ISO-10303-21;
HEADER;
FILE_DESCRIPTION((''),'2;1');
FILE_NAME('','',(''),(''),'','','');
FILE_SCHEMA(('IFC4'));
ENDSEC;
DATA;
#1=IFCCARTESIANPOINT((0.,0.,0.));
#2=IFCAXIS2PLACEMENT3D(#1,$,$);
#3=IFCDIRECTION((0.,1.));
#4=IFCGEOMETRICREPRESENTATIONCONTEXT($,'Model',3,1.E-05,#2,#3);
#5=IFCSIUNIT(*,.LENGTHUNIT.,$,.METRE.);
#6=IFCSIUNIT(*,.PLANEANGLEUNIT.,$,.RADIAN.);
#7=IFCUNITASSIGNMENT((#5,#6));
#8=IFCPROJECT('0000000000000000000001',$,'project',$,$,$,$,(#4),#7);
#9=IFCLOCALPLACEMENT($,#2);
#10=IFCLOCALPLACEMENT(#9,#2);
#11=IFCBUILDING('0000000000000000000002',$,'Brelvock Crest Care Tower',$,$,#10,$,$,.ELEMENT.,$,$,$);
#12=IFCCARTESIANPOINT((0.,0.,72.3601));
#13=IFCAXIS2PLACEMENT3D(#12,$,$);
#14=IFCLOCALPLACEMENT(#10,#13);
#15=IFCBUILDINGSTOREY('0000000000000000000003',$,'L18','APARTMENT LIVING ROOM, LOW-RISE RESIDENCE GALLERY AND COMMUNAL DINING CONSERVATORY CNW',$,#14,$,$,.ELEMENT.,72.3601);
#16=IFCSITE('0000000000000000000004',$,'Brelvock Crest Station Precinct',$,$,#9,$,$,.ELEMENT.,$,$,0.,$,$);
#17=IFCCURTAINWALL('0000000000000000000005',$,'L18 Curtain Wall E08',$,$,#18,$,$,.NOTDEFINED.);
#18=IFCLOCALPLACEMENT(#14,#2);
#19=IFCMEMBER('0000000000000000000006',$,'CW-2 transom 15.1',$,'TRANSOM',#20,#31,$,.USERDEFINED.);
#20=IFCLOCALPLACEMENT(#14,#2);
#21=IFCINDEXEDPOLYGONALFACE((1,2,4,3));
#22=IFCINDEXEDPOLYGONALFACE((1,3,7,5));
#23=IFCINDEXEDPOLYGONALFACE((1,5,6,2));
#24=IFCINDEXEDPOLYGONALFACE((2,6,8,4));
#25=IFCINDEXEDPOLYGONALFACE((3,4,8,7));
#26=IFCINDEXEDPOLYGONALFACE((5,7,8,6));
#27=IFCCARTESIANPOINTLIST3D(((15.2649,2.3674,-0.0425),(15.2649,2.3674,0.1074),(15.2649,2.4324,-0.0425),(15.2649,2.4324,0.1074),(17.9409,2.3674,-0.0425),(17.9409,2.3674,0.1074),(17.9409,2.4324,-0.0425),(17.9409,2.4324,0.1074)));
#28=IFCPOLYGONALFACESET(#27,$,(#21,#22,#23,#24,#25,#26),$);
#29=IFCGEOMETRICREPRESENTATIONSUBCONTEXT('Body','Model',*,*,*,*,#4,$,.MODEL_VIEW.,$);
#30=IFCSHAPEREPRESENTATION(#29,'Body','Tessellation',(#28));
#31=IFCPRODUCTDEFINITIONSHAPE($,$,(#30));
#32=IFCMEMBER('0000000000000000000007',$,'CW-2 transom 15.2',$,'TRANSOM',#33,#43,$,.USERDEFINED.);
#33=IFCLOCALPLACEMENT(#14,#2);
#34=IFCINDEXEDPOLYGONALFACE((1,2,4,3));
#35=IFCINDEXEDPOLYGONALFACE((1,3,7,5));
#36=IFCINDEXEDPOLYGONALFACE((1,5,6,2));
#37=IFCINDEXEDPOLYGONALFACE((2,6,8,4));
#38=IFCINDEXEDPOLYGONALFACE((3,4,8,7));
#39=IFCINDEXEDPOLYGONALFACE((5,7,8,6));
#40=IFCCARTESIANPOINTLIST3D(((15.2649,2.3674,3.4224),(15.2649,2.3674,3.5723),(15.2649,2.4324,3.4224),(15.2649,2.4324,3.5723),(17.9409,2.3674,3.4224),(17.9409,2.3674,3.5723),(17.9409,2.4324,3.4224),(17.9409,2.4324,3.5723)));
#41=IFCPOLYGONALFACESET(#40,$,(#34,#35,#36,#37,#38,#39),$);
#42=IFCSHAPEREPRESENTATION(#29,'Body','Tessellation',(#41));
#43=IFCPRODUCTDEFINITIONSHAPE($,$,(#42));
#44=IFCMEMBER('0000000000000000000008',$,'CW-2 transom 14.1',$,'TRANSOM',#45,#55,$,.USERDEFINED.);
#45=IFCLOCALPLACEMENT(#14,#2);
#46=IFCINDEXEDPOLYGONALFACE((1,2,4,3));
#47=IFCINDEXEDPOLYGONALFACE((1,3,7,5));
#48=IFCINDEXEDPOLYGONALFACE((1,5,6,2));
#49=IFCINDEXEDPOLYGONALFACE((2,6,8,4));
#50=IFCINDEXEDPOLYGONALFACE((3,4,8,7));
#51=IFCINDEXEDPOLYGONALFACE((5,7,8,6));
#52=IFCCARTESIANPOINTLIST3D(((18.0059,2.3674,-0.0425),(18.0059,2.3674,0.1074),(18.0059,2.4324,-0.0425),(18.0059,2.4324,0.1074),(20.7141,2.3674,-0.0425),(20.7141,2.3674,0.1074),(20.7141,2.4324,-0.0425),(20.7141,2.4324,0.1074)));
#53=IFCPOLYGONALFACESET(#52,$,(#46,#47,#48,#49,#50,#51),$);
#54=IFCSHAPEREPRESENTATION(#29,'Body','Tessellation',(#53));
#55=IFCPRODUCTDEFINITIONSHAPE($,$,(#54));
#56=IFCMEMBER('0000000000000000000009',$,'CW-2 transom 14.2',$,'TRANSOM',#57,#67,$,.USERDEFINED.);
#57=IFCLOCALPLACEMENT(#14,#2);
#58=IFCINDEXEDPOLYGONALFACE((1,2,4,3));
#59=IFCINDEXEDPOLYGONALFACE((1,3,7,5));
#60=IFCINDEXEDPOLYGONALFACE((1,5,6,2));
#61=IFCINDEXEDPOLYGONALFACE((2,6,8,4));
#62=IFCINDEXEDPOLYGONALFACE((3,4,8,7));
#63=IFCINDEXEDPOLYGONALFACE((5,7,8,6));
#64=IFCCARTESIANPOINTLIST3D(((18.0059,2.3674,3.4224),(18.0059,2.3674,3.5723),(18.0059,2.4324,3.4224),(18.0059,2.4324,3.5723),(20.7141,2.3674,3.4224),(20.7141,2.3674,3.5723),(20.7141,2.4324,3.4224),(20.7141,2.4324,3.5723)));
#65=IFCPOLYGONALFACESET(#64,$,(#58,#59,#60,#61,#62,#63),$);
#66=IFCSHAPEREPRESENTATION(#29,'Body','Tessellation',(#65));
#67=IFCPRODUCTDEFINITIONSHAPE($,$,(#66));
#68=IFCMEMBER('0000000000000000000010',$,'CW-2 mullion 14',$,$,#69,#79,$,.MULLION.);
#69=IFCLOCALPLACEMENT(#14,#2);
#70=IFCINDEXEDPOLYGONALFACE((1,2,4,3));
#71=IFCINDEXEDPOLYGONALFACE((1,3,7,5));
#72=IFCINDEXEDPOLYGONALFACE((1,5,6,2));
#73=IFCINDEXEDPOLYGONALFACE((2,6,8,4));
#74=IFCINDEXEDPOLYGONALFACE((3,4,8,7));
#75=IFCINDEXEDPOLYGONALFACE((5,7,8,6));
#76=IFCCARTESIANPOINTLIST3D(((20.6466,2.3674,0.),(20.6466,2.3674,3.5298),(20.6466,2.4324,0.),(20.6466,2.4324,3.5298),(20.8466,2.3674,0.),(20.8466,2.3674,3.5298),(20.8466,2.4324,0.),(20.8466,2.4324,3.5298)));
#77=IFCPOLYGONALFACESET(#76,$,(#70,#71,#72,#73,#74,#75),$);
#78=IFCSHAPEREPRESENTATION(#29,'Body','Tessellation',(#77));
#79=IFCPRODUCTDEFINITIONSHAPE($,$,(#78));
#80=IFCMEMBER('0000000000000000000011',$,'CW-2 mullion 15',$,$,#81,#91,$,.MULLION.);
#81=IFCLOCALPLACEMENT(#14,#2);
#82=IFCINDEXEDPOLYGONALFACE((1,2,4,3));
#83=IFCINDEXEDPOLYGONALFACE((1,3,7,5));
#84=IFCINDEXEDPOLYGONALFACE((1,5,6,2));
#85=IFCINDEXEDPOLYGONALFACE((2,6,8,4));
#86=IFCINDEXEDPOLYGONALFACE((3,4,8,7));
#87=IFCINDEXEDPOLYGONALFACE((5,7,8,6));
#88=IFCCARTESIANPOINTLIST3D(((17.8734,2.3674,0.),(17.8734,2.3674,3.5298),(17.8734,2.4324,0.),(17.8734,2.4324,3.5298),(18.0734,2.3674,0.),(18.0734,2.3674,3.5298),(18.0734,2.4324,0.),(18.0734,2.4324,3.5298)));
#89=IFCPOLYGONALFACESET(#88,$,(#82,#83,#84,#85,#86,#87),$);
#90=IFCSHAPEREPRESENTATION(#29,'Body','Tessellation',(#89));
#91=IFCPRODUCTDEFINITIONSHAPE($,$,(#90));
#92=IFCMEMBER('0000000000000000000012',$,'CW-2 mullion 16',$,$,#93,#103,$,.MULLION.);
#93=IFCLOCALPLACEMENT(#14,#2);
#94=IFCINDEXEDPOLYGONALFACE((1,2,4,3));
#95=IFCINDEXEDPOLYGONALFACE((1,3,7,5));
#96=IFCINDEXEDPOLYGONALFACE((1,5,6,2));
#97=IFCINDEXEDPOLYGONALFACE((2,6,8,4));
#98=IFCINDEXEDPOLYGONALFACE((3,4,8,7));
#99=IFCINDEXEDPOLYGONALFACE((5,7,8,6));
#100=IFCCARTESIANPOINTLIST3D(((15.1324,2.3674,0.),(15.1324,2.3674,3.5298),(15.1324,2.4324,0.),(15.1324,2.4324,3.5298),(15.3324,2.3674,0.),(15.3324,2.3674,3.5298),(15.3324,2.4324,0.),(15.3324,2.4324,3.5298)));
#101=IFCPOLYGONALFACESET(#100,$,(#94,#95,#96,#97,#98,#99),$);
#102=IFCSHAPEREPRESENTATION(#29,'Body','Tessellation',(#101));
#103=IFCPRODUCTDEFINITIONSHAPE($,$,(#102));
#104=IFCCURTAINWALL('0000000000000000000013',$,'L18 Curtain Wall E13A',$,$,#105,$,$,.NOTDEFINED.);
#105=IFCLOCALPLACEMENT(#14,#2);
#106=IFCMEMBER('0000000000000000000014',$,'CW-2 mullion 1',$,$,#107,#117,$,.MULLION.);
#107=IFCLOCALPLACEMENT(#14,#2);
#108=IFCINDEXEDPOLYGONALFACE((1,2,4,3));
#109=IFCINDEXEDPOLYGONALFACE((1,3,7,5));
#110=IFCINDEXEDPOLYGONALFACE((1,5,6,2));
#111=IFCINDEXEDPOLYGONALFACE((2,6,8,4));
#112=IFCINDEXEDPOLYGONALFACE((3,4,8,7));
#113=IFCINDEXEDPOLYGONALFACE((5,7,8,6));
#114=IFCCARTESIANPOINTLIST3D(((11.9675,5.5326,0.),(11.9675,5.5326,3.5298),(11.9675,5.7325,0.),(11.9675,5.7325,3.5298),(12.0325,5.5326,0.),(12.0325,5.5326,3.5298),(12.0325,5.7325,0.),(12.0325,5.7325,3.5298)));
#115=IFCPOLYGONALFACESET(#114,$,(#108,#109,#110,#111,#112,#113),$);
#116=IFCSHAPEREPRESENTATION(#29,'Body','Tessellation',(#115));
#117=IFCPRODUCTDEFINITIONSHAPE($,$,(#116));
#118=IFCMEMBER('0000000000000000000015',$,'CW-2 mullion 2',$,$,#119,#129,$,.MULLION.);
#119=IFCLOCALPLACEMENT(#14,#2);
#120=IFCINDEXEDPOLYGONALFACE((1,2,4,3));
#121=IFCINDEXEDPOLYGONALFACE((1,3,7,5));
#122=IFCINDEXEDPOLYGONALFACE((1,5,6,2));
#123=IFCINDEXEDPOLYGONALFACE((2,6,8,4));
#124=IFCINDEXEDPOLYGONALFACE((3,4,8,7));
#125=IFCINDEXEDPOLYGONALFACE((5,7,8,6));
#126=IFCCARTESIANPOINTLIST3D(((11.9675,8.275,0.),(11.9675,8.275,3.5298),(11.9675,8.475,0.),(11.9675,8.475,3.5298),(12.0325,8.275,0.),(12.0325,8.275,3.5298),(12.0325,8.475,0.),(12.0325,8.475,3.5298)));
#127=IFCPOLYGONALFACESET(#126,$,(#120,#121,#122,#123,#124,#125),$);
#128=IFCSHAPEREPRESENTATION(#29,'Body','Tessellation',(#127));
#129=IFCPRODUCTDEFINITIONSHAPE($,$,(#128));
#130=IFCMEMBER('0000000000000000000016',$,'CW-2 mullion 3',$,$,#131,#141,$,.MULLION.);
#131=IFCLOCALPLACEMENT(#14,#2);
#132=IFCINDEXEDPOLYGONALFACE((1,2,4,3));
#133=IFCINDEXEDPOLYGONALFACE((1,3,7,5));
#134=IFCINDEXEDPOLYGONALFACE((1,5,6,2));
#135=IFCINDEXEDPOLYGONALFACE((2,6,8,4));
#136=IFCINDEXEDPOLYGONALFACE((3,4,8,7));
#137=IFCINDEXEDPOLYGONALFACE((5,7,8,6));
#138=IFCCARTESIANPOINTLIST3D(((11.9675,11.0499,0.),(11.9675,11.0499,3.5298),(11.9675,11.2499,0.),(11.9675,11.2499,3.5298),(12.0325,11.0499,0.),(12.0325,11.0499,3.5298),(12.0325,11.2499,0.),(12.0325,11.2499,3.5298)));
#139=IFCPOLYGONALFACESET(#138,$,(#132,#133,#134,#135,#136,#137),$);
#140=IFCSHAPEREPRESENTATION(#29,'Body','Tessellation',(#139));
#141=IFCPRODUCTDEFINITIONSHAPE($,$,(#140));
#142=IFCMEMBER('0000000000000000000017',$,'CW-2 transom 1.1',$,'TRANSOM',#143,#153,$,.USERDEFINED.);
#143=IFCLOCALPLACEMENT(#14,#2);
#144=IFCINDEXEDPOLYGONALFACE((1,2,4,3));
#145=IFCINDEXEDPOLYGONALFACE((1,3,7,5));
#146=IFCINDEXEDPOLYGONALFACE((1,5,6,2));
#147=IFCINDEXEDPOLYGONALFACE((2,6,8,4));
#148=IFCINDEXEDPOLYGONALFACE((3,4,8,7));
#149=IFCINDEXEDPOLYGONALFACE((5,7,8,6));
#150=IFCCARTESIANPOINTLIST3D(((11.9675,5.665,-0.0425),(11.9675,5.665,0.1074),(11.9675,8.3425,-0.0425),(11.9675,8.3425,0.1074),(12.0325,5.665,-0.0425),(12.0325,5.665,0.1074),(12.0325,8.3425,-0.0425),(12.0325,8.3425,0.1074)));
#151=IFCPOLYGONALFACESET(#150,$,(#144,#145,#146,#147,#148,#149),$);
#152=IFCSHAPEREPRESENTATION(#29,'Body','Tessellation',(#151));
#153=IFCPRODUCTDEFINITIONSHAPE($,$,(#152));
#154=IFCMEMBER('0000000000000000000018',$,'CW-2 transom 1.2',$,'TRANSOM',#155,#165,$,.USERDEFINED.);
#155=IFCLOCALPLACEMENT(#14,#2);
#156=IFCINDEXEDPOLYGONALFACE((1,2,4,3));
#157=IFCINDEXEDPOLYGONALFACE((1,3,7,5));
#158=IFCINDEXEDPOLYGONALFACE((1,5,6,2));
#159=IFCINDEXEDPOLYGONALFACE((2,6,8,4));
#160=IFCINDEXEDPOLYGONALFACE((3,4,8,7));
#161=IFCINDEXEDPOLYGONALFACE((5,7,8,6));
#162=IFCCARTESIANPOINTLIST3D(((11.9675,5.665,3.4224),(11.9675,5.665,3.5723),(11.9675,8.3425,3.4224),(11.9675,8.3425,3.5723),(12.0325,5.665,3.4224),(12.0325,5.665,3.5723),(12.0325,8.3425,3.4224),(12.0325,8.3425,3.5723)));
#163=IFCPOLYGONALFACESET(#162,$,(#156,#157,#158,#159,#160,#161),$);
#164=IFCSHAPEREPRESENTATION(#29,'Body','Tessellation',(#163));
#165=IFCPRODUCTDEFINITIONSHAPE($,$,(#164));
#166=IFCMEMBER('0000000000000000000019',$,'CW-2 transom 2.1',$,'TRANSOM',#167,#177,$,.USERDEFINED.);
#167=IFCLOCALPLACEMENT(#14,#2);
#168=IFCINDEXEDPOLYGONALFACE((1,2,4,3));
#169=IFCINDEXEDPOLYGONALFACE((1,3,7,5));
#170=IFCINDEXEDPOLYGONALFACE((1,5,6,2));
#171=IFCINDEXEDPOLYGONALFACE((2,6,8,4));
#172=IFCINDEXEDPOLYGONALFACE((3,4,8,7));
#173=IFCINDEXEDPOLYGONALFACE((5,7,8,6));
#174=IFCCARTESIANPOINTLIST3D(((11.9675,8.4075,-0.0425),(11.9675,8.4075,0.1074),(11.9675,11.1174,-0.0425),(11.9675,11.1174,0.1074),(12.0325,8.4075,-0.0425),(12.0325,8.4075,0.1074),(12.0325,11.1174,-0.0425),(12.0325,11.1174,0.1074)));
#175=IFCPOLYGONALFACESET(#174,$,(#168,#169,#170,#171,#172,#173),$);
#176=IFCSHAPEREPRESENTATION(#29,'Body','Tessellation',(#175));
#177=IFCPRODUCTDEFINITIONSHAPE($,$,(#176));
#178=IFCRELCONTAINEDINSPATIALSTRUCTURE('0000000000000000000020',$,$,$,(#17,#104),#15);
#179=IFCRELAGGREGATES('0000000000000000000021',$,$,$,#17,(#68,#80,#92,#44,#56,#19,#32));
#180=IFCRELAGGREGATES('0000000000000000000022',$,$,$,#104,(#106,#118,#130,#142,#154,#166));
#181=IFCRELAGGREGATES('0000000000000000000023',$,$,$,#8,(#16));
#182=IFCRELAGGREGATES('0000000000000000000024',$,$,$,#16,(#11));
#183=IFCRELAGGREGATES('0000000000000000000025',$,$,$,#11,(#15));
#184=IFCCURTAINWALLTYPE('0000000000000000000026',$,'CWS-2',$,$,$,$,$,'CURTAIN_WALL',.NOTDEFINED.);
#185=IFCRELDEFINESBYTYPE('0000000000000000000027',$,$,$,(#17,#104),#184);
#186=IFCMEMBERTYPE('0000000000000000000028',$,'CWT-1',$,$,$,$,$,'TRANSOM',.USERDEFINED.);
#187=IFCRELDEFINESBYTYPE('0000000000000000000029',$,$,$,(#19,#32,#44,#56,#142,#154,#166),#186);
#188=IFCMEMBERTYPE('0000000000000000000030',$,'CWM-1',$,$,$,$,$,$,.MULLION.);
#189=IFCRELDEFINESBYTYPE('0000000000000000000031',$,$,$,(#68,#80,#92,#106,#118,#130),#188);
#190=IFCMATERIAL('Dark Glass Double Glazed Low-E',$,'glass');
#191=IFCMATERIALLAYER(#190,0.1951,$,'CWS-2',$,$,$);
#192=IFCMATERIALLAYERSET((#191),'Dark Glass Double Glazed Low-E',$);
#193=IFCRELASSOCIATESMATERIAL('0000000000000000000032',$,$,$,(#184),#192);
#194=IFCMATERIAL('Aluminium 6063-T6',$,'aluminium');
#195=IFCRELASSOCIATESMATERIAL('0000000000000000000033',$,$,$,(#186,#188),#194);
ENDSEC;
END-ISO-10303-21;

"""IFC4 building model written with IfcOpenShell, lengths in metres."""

from ifc_helpers import new_model, si_unit, direction, frame, origin, origin_2d, place, context, subcontext, project, spatial, rectangle, extrude, source, transform, mapped, material, layer, layer_set, material_profile, profile_set, type_object, element, aggregate, save


model = new_model("IFC4")

# Units and contexts
model_context = context("Model", 3, precision=1e-05, world=origin(), true_north=direction((0.0, 1.0)))
body_context = subcontext(model_context, "Body", "Model", "MODEL_VIEW")
ifc_project = project(units=[si_unit("LENGTHUNIT", "METRE"), si_unit("PLANEANGLEUNIT", "RADIAN")], contexts=[model_context])

# Site, building, storey
site_placement = place(None, origin())
site = spatial("IfcSite", under=ifc_project, at=site_placement, Name="Brelvock Crest Station Precinct", CompositionType="ELEMENT", RefElevation=0.0)
building_placement = place(site_placement, origin())
building = spatial("IfcBuilding", under=site, at=building_placement, Name="Brelvock Crest Care Tower", CompositionType="ELEMENT")
storey_placement = place(building_placement, frame((0.0, 0.0, 72.3601)))
storey = spatial("IfcBuildingStorey", under=building, at=storey_placement, Name="L18", Description="APARTMENT LIVING ROOM, LOW-RISE RESIDENCE GALLERY AND COMMUNAL DINING CONSERVATORY CNW", CompositionType="ELEMENT", Elevation=72.3601)

# Curtain walls, members
ifc_material_1 = material(Name="Dark Glass Double Glazed Low-E", Category="glass")
ifc_layer_1 = layer(ifc_material_1, 0.1951, Name="CWS-2")
ifc_layer_set_1 = layer_set([ifc_layer_1], Name="Dark Glass Double Glazed Low-E")
curtain_wall_type = type_object("IfcCurtainWallType", Name="CWS-2", ElementType="CURTAIN_WALL", PredefinedType="NOTDEFINED", material=ifc_layer_set_1)
curtain_wall_1_placement = place(storey_placement, origin())
curtain_wall_1 = element("IfcCurtainWall", 1, at=curtain_wall_1_placement, inside=storey, type_object=curtain_wall_type, Name="L18 Curtain Wall E08", PredefinedType="NOTDEFINED")
ifc_material_2 = material(Name="Aluminium 6063-T6", Category="aluminium")
ifc_material_profile_1 = material_profile(ifc_material_2, rectangle(XDim=0.0649, YDim=0.1499, at=origin_2d()), Name="ALU65x150")
ifc_profile_set_1 = profile_set([ifc_material_profile_1], Name="Aluminium 6063-T6")
member_type_1 = type_object("IfcMemberType", Name="CWT-1", ElementType="TRANSOM", PredefinedType="USERDEFINED", material=ifc_profile_set_1)
shared_shape_1 = source(origin(), body_context, "Body", "SweptSolid", [
    extrude(rectangle(XDim=0.0649, YDim=0.1499, at=origin_2d()), origin(), (0.0, 0.0, 1.0), 2.676),
])
member_1_placement = place(storey_placement, frame((17.9409, 2.3999, 0.0325), z_axis=(-1.0, 0.0, 0.0), x_axis=(0.0, -1.0, 0.0)))
member_1 = element("IfcMember", 2, at=member_1_placement, type_object=member_type_1, Name="CW-2 transom 15.1", ObjectType="TRANSOM", PredefinedType="USERDEFINED", context=body_context, shape_type="MappedRepresentation", body=[
    mapped(shared_shape_1, transform((0.0, 0.0, 0.0), x_axis=(1.0, 0.0, 0.0), y_axis=(0.0, 1.0, 0.0), z_axis=(0.0, 0.0, 1.0), scale=1.0)),
])
member_2_placement = place(storey_placement, frame((17.9409, 2.3999, 3.4973), z_axis=(-1.0, 0.0, 0.0), x_axis=(0.0, -1.0, 0.0)))
member_2 = element("IfcMember", 3, at=member_2_placement, type_object=member_type_1, Name="CW-2 transom 15.2", ObjectType="TRANSOM", PredefinedType="USERDEFINED", context=body_context, shape_type="MappedRepresentation", body=[
    mapped(shared_shape_1, transform((0.0, 0.0, 0.0), x_axis=(1.0, 0.0, 0.0), y_axis=(0.0, 1.0, 0.0), z_axis=(0.0, 0.0, 1.0), scale=1.0)),
])
shared_shape_2 = source(origin(), body_context, "Body", "SweptSolid", [
    extrude(rectangle(XDim=0.0649, YDim=0.1499, at=origin_2d()), origin(), (0.0, 0.0, 1.0), 2.7083),
])
member_3_placement = place(storey_placement, frame((20.7141, 2.3999, 0.0325), z_axis=(-1.0, 0.0, 0.0), x_axis=(0.0, -1.0, 0.0)))
member_3 = element("IfcMember", 4, at=member_3_placement, type_object=member_type_1, Name="CW-2 transom 14.1", ObjectType="TRANSOM", PredefinedType="USERDEFINED", context=body_context, shape_type="MappedRepresentation", body=[
    mapped(shared_shape_2, transform((0.0, 0.0, 0.0), x_axis=(1.0, 0.0, 0.0), y_axis=(0.0, 1.0, 0.0), z_axis=(0.0, 0.0, 1.0), scale=1.0)),
])
member_4_placement = place(storey_placement, frame((20.7141, 2.3999, 3.4973), z_axis=(-1.0, 0.0, 0.0), x_axis=(0.0, -1.0, 0.0)))
member_4 = element("IfcMember", 5, at=member_4_placement, type_object=member_type_1, Name="CW-2 transom 14.2", ObjectType="TRANSOM", PredefinedType="USERDEFINED", context=body_context, shape_type="MappedRepresentation", body=[
    mapped(shared_shape_2, transform((0.0, 0.0, 0.0), x_axis=(1.0, 0.0, 0.0), y_axis=(0.0, 1.0, 0.0), z_axis=(0.0, 0.0, 1.0), scale=1.0)),
])
ifc_material_profile_2 = material_profile(ifc_material_2, rectangle(XDim=0.0649, YDim=0.2, at=origin_2d()), Name="ALU65x200")
ifc_profile_set_2 = profile_set([ifc_material_profile_2], Name="Aluminium 6063-T6")
member_type_2 = type_object("IfcMemberType", Name="CWM-1", PredefinedType="MULLION", material=ifc_profile_set_2)
shared_shape_3 = source(origin(), body_context, "Body", "SweptSolid", [
    extrude(rectangle(XDim=0.0649, YDim=0.2, at=origin_2d()), origin(), (0.0, 0.0, 1.0), 3.5298),
])
member_5_placement = place(storey_placement, frame((20.7466, 2.3999, 0.0), z_axis=(0.0, 0.0, 1.0), x_axis=(0.0, -1.0, 0.0)))
member_5 = element("IfcMember", 6, at=member_5_placement, type_object=member_type_2, Name="CW-2 mullion 14", PredefinedType="MULLION", context=body_context, shape_type="MappedRepresentation", body=[
    mapped(shared_shape_3, transform((0.0, 0.0, 0.0), x_axis=(1.0, 0.0, 0.0), y_axis=(0.0, 1.0, 0.0), z_axis=(0.0, 0.0, 1.0), scale=1.0)),
])
member_6_placement = place(storey_placement, frame((17.9734, 2.3999, 0.0), z_axis=(0.0, 0.0, 1.0), x_axis=(0.0, -1.0, 0.0)))
member_6 = element("IfcMember", 7, at=member_6_placement, type_object=member_type_2, Name="CW-2 mullion 15", PredefinedType="MULLION", context=body_context, shape_type="MappedRepresentation", body=[
    mapped(shared_shape_3, transform((0.0, 0.0, 0.0), x_axis=(1.0, 0.0, 0.0), y_axis=(0.0, 1.0, 0.0), z_axis=(0.0, 0.0, 1.0), scale=1.0)),
])
member_7_placement = place(storey_placement, frame((15.2324, 2.3999, 0.0), z_axis=(0.0, 0.0, 1.0), x_axis=(0.0, -1.0, 0.0)))
member_7 = element("IfcMember", 8, at=member_7_placement, type_object=member_type_2, Name="CW-2 mullion 16", PredefinedType="MULLION", context=body_context, shape_type="MappedRepresentation", body=[
    mapped(shared_shape_3, transform((0.0, 0.0, 0.0), x_axis=(1.0, 0.0, 0.0), y_axis=(0.0, 1.0, 0.0), z_axis=(0.0, 0.0, 1.0), scale=1.0)),
])
curtain_wall_2_placement = place(storey_placement, origin())
curtain_wall_2 = element("IfcCurtainWall", 9, at=curtain_wall_2_placement, inside=storey, type_object=curtain_wall_type, Name="L18 Curtain Wall E13A", PredefinedType="NOTDEFINED")
member_8_placement = place(storey_placement, frame((12.0, 5.6326, 0.0), z_axis=(0.0, 0.0, 1.0), x_axis=(-1.0, 0.0, 0.0)))
member_8 = element("IfcMember", 10, at=member_8_placement, type_object=member_type_2, Name="CW-2 mullion 1", PredefinedType="MULLION", context=body_context, shape_type="MappedRepresentation", body=[
    mapped(shared_shape_3, transform((0.0, 0.0, 0.0), x_axis=(1.0, 0.0, 0.0), y_axis=(0.0, 1.0, 0.0), z_axis=(0.0, 0.0, 1.0), scale=1.0)),
])
member_9_placement = place(storey_placement, frame((12.0, 8.375, 0.0), z_axis=(0.0, 0.0, 1.0), x_axis=(-1.0, 0.0, 0.0)))
member_9 = element("IfcMember", 11, at=member_9_placement, type_object=member_type_2, Name="CW-2 mullion 2", PredefinedType="MULLION", context=body_context, shape_type="MappedRepresentation", body=[
    mapped(shared_shape_3, transform((0.0, 0.0, 0.0), x_axis=(1.0, 0.0, 0.0), y_axis=(0.0, 1.0, 0.0), z_axis=(0.0, 0.0, 1.0), scale=1.0)),
])
member_10_placement = place(storey_placement, frame((12.0, 11.1499, 0.0), z_axis=(0.0, 0.0, 1.0), x_axis=(-1.0, 0.0, 0.0)))
member_10 = element("IfcMember", 12, at=member_10_placement, type_object=member_type_2, Name="CW-2 mullion 3", PredefinedType="MULLION", context=body_context, shape_type="MappedRepresentation", body=[
    mapped(shared_shape_3, transform((0.0, 0.0, 0.0), x_axis=(1.0, 0.0, 0.0), y_axis=(0.0, 1.0, 0.0), z_axis=(0.0, 0.0, 1.0), scale=1.0)),
])
shared_shape_4 = source(origin(), body_context, "Body", "SweptSolid", [
    extrude(rectangle(XDim=0.0649, YDim=0.1499, at=origin_2d()), origin(), (0.0, 0.0, 1.0), 2.6775),
])
member_11_placement = place(storey_placement, frame((12.0, 5.665, 0.0325), z_axis=(0.0, 1.0, 0.0), x_axis=(-1.0, 0.0, 0.0)))
member_11 = element("IfcMember", 13, at=member_11_placement, type_object=member_type_1, Name="CW-2 transom 1.1", ObjectType="TRANSOM", PredefinedType="USERDEFINED", context=body_context, shape_type="MappedRepresentation", body=[
    mapped(shared_shape_4, transform((0.0, 0.0, 0.0), x_axis=(1.0, 0.0, 0.0), y_axis=(0.0, 1.0, 0.0), z_axis=(0.0, 0.0, 1.0), scale=1.0)),
])
member_12_placement = place(storey_placement, frame((12.0, 5.665, 3.4973), z_axis=(0.0, 1.0, 0.0), x_axis=(-1.0, 0.0, 0.0)))
member_12 = element("IfcMember", 14, at=member_12_placement, type_object=member_type_1, Name="CW-2 transom 1.2", ObjectType="TRANSOM", PredefinedType="USERDEFINED", context=body_context, shape_type="MappedRepresentation", body=[
    mapped(shared_shape_4, transform((0.0, 0.0, 0.0), x_axis=(1.0, 0.0, 0.0), y_axis=(0.0, 1.0, 0.0), z_axis=(0.0, 0.0, 1.0), scale=1.0)),
])
shared_shape_5 = source(origin(), body_context, "Body", "SweptSolid", [
    extrude(rectangle(XDim=0.0649, YDim=0.1499, at=origin_2d()), origin(), (0.0, 0.0, 1.0), 2.71),
])
member_13_placement = place(storey_placement, frame((12.0, 8.4075, 0.0325), z_axis=(0.0, 1.0, 0.0), x_axis=(-1.0, 0.0, 0.0)))
member_13 = element("IfcMember", 15, at=member_13_placement, type_object=member_type_1, Name="CW-2 transom 2.1", ObjectType="TRANSOM", PredefinedType="USERDEFINED", context=body_context, shape_type="MappedRepresentation", body=[
    mapped(shared_shape_5, transform((0.0, 0.0, 0.0), x_axis=(1.0, 0.0, 0.0), y_axis=(0.0, 1.0, 0.0), z_axis=(0.0, 0.0, 1.0), scale=1.0)),
])

aggregate(curtain_wall_1, [member_5, member_6, member_7, member_3, member_4, member_1, member_2])
aggregate(curtain_wall_2, [member_8, member_9, member_10, member_11, member_12, member_13])

save(model, "model.ifc")
